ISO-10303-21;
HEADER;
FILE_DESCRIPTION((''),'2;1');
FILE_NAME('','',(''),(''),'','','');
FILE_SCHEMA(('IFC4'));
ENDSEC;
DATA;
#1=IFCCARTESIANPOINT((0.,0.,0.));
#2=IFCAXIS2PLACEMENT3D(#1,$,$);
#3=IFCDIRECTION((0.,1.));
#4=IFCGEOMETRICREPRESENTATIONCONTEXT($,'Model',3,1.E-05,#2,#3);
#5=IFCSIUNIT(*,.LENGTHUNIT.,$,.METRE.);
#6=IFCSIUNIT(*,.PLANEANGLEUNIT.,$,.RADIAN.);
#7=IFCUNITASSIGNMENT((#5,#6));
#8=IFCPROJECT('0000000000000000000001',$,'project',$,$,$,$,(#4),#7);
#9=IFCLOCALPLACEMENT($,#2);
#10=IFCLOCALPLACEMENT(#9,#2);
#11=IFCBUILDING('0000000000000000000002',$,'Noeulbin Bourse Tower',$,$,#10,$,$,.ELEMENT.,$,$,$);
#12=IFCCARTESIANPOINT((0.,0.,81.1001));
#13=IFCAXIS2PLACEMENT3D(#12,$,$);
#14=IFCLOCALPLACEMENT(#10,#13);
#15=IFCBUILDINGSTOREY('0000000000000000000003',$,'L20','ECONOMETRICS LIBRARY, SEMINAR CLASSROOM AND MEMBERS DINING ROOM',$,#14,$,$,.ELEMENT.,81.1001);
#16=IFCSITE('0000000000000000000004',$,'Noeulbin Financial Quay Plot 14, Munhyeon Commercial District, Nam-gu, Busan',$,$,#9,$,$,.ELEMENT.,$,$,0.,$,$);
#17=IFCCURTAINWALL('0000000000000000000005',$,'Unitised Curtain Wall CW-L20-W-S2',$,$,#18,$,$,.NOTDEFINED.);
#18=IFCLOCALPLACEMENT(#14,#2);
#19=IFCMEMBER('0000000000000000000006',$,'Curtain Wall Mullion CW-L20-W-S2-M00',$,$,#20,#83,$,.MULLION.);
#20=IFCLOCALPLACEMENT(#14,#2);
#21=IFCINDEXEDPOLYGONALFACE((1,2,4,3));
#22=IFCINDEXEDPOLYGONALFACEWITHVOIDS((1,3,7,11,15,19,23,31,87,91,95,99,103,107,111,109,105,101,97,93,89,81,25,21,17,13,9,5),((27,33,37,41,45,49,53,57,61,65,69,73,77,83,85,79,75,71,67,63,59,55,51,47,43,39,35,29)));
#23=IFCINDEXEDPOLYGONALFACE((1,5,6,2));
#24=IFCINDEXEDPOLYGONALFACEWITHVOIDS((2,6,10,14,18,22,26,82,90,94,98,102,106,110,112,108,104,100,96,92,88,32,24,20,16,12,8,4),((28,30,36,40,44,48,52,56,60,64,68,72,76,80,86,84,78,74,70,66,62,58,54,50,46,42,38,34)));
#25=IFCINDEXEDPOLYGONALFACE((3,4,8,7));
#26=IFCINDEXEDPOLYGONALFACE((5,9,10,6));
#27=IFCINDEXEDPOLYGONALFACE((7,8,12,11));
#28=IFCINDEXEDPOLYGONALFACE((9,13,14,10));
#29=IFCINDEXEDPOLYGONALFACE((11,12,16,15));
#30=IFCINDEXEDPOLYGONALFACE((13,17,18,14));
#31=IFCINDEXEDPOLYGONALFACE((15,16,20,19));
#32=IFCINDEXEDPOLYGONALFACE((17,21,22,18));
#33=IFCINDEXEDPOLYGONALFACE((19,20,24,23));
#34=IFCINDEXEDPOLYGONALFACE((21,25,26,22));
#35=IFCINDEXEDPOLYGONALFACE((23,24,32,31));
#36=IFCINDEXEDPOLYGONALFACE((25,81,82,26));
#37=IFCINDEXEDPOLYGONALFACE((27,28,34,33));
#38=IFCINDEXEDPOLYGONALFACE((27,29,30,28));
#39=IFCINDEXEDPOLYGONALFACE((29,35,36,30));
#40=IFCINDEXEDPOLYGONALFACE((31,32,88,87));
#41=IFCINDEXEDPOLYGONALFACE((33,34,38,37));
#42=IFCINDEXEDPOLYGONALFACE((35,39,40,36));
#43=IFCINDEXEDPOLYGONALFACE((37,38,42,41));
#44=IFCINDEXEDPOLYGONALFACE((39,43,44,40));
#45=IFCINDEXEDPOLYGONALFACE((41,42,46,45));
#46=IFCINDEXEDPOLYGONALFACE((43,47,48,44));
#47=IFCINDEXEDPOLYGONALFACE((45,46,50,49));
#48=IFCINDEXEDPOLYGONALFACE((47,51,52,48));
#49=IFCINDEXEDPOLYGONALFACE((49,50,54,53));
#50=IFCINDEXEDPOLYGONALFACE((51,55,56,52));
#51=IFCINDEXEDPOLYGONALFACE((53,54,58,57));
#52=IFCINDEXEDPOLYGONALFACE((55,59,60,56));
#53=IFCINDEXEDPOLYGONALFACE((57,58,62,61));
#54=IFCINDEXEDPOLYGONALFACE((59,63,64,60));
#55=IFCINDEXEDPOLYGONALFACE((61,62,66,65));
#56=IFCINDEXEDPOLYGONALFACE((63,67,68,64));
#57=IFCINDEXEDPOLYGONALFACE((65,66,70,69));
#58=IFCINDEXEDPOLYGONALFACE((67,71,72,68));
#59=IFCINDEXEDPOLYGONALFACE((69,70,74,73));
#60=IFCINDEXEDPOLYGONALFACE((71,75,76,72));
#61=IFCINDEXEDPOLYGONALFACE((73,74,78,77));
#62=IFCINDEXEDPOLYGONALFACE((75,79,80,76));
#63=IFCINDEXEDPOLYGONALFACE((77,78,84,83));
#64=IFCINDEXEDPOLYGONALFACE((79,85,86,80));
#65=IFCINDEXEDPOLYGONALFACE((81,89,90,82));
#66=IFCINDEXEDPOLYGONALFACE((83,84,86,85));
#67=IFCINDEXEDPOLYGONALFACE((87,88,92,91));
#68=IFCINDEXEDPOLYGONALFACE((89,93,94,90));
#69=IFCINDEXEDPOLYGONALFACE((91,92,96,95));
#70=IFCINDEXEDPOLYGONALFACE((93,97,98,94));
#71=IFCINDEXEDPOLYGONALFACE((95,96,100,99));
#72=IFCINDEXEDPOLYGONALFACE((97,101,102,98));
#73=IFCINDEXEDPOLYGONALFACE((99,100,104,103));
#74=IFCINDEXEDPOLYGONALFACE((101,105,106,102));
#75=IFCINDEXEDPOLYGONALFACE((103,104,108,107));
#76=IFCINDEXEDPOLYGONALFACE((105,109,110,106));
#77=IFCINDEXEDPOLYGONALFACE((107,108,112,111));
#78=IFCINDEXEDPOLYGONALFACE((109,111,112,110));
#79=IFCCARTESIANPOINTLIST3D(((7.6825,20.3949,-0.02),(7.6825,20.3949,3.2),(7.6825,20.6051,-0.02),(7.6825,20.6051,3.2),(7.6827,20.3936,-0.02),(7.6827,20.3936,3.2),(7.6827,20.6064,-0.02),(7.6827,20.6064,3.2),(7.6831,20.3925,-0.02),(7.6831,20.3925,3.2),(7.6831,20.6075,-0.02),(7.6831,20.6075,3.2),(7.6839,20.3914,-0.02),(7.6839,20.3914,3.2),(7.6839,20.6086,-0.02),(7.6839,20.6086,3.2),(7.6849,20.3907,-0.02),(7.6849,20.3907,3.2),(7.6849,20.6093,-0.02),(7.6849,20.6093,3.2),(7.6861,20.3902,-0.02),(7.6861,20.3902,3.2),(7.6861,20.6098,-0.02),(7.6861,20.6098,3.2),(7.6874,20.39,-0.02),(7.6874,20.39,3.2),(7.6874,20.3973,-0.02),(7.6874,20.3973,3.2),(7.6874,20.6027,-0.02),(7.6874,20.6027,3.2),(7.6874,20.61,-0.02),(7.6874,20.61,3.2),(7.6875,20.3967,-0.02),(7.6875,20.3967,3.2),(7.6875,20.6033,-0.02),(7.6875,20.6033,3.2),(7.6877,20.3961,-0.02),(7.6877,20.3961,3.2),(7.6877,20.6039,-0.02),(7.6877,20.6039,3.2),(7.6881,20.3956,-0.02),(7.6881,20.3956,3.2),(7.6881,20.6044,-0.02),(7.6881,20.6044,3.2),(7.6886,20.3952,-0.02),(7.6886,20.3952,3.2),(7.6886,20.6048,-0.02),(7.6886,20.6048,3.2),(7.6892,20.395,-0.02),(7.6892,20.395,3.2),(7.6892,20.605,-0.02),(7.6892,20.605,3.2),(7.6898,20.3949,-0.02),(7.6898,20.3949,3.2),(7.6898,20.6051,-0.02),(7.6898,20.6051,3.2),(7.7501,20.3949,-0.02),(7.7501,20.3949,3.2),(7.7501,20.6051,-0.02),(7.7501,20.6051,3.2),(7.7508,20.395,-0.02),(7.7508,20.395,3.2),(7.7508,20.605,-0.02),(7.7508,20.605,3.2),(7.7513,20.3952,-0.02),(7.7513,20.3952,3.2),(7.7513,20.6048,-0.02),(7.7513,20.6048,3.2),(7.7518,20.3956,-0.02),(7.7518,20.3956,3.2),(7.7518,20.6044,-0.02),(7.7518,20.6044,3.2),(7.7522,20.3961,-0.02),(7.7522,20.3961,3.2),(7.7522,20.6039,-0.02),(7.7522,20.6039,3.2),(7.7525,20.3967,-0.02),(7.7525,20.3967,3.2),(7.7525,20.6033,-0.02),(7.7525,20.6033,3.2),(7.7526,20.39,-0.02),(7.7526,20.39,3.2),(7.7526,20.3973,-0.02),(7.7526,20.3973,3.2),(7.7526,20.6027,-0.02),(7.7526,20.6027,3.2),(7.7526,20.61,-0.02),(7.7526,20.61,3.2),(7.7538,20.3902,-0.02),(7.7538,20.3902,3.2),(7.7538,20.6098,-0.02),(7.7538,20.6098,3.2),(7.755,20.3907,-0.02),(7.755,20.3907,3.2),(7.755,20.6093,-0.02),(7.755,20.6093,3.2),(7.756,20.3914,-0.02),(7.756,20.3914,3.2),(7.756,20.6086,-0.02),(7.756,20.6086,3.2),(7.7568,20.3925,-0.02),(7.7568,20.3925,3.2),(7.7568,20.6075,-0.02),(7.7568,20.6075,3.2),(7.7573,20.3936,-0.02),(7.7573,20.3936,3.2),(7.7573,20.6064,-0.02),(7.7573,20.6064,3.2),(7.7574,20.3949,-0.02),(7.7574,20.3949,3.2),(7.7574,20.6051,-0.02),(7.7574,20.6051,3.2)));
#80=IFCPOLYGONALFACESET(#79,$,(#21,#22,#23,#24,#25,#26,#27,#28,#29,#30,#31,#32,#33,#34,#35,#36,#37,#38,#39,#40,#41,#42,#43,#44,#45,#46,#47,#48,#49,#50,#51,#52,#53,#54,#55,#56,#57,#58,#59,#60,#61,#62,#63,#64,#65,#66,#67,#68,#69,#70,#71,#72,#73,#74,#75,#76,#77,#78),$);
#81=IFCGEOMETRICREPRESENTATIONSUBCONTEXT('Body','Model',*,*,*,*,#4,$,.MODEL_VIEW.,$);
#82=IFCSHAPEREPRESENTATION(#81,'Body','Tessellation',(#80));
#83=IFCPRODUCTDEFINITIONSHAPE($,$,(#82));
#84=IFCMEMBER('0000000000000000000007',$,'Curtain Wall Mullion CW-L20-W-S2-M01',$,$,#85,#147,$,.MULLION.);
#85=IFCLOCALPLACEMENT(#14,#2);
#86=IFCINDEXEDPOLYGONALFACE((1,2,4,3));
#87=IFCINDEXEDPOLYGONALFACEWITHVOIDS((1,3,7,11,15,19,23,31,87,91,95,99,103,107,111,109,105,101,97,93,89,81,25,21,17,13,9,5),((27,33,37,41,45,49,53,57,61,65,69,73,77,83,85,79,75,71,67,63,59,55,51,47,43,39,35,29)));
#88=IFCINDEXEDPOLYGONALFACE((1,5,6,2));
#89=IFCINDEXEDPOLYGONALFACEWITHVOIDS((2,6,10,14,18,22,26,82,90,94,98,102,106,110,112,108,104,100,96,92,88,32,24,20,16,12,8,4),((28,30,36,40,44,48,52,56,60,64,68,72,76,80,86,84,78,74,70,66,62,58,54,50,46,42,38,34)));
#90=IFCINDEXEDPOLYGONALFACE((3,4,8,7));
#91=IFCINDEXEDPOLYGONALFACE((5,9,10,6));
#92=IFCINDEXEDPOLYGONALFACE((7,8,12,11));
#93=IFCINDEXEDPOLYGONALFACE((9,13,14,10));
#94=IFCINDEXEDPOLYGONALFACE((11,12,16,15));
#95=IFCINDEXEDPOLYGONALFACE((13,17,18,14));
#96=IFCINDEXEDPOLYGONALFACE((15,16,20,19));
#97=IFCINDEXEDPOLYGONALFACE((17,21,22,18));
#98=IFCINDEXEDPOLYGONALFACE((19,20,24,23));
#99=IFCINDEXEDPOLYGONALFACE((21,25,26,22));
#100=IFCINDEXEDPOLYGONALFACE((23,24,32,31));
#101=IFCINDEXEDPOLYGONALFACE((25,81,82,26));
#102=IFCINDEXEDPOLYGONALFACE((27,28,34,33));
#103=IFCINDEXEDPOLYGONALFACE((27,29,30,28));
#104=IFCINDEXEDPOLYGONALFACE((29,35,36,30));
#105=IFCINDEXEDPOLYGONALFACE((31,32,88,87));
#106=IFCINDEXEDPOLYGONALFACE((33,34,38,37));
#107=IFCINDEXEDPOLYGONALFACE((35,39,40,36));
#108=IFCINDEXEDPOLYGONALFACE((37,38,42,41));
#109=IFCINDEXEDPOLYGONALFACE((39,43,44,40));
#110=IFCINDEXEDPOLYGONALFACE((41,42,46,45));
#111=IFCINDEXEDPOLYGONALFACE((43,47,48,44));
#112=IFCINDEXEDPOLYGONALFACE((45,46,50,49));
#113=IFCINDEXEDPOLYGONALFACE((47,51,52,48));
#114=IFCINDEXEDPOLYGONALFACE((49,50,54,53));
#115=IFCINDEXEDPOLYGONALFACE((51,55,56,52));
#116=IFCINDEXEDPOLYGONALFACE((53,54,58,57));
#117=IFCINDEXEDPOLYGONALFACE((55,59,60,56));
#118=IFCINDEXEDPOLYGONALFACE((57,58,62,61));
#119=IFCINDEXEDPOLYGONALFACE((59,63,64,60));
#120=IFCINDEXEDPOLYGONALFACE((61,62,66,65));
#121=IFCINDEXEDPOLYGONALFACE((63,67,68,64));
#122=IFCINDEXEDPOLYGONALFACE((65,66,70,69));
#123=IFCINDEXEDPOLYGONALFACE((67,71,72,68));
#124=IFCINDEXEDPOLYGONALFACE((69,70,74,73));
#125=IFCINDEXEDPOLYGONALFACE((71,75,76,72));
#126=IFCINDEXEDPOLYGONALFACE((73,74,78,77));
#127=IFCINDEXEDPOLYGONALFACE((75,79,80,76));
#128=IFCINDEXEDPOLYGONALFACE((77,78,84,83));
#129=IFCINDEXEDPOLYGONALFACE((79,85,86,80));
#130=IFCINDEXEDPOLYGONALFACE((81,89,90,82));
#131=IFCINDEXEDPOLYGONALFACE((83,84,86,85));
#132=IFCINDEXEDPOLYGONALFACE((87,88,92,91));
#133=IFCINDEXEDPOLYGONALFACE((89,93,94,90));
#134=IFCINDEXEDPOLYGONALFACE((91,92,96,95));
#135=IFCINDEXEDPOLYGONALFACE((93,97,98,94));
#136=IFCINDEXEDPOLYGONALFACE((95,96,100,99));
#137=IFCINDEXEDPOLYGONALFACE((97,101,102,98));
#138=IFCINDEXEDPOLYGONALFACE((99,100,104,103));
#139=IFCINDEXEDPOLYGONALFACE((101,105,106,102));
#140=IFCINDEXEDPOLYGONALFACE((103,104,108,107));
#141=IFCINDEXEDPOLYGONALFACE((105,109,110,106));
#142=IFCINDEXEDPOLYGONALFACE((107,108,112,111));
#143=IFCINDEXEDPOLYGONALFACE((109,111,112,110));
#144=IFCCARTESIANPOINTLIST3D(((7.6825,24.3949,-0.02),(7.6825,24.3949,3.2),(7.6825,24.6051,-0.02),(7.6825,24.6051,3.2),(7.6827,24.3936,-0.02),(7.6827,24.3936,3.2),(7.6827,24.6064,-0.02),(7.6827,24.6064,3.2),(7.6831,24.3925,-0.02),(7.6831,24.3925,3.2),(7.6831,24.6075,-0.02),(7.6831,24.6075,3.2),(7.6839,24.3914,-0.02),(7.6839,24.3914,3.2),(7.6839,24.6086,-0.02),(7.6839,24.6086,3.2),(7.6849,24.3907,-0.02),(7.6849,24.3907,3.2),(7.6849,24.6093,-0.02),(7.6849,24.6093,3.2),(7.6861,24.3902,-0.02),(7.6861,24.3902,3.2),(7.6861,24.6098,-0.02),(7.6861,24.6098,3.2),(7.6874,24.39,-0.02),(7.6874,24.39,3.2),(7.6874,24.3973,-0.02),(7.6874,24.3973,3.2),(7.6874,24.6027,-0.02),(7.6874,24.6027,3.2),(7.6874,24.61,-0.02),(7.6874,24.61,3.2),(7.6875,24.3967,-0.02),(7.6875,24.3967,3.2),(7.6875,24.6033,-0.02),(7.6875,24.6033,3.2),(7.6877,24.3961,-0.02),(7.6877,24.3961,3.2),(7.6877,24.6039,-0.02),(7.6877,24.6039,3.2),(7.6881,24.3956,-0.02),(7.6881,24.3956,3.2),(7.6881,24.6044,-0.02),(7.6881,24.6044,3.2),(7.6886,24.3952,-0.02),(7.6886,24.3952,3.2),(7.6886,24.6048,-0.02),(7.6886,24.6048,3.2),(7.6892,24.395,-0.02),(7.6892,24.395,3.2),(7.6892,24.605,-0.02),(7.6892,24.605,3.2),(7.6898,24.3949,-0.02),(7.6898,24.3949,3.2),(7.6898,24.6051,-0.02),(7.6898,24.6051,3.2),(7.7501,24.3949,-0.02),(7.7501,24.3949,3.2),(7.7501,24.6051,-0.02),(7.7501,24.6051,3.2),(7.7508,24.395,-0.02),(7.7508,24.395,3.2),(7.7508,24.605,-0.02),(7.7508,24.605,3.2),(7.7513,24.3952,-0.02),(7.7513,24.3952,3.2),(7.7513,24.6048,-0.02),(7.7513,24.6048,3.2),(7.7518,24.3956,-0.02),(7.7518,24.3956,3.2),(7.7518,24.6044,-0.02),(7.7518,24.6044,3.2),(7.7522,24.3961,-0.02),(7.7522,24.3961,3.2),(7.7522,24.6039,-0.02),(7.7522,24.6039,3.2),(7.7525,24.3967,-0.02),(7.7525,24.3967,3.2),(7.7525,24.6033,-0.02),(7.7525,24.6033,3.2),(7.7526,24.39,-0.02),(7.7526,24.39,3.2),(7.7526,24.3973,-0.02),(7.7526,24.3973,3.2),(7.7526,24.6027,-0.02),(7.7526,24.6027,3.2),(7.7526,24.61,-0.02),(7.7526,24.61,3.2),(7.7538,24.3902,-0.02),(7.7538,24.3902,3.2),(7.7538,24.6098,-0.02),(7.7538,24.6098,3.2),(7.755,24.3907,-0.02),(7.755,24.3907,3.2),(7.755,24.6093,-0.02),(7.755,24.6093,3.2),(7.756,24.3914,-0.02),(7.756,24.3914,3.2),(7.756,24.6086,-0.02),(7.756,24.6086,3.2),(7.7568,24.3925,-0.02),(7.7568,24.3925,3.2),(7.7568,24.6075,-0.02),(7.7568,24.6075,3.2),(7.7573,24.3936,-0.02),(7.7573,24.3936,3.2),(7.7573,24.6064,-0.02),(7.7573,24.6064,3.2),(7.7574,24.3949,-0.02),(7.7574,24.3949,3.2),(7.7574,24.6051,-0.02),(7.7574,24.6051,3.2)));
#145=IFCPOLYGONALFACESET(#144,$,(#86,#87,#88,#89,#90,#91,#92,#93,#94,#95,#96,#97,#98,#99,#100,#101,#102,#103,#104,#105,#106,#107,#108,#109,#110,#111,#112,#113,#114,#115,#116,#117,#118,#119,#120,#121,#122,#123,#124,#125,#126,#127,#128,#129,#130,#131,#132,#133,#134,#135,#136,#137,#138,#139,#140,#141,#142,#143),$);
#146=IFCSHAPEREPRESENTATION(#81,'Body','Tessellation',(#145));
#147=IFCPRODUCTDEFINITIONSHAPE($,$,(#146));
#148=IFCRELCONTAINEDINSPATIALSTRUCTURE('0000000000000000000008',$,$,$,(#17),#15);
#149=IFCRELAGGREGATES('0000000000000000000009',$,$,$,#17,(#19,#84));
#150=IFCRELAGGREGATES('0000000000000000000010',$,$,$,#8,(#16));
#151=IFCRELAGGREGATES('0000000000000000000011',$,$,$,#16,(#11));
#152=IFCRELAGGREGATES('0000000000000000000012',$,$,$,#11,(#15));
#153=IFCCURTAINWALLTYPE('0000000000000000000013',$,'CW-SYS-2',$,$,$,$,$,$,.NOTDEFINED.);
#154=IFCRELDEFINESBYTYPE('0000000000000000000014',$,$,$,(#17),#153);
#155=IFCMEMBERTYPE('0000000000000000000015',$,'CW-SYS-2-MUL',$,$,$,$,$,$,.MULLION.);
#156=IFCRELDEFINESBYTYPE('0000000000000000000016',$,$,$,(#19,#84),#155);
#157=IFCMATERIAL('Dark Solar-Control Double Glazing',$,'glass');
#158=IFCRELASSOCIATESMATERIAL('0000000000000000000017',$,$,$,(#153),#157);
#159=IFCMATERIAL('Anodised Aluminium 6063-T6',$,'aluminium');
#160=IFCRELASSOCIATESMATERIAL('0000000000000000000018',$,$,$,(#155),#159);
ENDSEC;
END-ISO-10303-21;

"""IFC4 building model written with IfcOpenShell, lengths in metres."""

from ifc_helpers import new_model, si_unit, direction, frame, origin, origin_2d, place, context, subcontext, project, spatial, hollow_rectangle, extrude, material, material_profile, profile_set, type_object, element, aggregate, save


model = new_model("IFC4")

# Units and contexts
model_context = context("Model", 3, precision=1e-05, world=origin(), true_north=direction((0.0, 1.0)))
body_context = subcontext(model_context, "Body", "Model", "MODEL_VIEW")
ifc_project = project(units=[si_unit("LENGTHUNIT", "METRE"), si_unit("PLANEANGLEUNIT", "RADIAN")], contexts=[model_context])

# Site, building, storey
site_placement = place(None, origin())
site = spatial("IfcSite", under=ifc_project, at=site_placement, Name="Noeulbin Financial Quay Plot 14, Munhyeon Commercial District, Nam-gu, Busan", CompositionType="ELEMENT", RefElevation=0.0)
building_placement = place(site_placement, origin())
building = spatial("IfcBuilding", under=site, at=building_placement, Name="Noeulbin Bourse Tower", CompositionType="ELEMENT")
storey_placement = place(building_placement, frame((0.0, 0.0, 81.1001)))
storey = spatial("IfcBuildingStorey", under=building, at=storey_placement, Name="L20", Description="ECONOMETRICS LIBRARY, SEMINAR CLASSROOM AND MEMBERS DINING ROOM", CompositionType="ELEMENT", Elevation=81.1001)

# Curtain wall, members
ifc_material_1 = material(Name="Dark Solar-Control Double Glazing", Category="glass")
curtain_wall_type = type_object("IfcCurtainWallType", Name="CW-SYS-2", PredefinedType="NOTDEFINED", material=ifc_material_1)
curtain_wall_placement = place(storey_placement, origin())
curtain_wall = element("IfcCurtainWall", 1, at=curtain_wall_placement, inside=storey, type_object=curtain_wall_type, Name="Unitised Curtain Wall CW-L20-W-S2", PredefinedType="NOTDEFINED")
ifc_material_2 = material(Name="Anodised Aluminium 6063-T6", Category="aluminium")
ifc_material_profile_1 = material_profile(ifc_material_2, hollow_rectangle(XDim=0.075, YDim=0.22, WallThickness=0.0049, InnerFilletRadius=0.0024, OuterFilletRadius=0.0049, at=origin_2d()), Name="ALU-MULL-75x220x5", Category="LoadBearing")
ifc_profile_set_1 = profile_set([ifc_material_profile_1], Name="Anodised Aluminium 6063-T6")
member_type_1 = type_object("IfcMemberType", Name="CW-SYS-2-MUL", PredefinedType="MULLION", material=ifc_profile_set_1)
member_1_placement = place(storey_placement, frame((7.72, 20.5, -0.02), z_axis=(0.0, 0.0, 1.0), x_axis=(1.0, 0.0, 0.0)))
member_1 = element("IfcMember", 2, at=member_1_placement, type_object=member_type_1, Name="Curtain Wall Mullion CW-L20-W-S2-M00", PredefinedType="MULLION", context=body_context, shape_type="SweptSolid", body=[
    extrude(hollow_rectangle(XDim=0.075, YDim=0.22, WallThickness=0.0049, InnerFilletRadius=0.0024, OuterFilletRadius=0.0049, at=origin_2d()), origin(), (0.0, 0.0, 1.0), 3.22),
])
member_2_placement = place(storey_placement, frame((7.72, 24.5, -0.02), z_axis=(0.0, 0.0, 1.0), x_axis=(1.0, 0.0, 0.0)))
member_2 = element("IfcMember", 3, at=member_2_placement, type_object=member_type_1, Name="Curtain Wall Mullion CW-L20-W-S2-M01", PredefinedType="MULLION", context=body_context, shape_type="SweptSolid", body=[
    extrude(hollow_rectangle(XDim=0.075, YDim=0.22, WallThickness=0.0049, InnerFilletRadius=0.0024, OuterFilletRadius=0.0049, at=origin_2d()), origin(), (0.0, 0.0, 1.0), 3.22),
])
aggregate(curtain_wall, [member_1, member_2])

save(model, "model.ifc")
